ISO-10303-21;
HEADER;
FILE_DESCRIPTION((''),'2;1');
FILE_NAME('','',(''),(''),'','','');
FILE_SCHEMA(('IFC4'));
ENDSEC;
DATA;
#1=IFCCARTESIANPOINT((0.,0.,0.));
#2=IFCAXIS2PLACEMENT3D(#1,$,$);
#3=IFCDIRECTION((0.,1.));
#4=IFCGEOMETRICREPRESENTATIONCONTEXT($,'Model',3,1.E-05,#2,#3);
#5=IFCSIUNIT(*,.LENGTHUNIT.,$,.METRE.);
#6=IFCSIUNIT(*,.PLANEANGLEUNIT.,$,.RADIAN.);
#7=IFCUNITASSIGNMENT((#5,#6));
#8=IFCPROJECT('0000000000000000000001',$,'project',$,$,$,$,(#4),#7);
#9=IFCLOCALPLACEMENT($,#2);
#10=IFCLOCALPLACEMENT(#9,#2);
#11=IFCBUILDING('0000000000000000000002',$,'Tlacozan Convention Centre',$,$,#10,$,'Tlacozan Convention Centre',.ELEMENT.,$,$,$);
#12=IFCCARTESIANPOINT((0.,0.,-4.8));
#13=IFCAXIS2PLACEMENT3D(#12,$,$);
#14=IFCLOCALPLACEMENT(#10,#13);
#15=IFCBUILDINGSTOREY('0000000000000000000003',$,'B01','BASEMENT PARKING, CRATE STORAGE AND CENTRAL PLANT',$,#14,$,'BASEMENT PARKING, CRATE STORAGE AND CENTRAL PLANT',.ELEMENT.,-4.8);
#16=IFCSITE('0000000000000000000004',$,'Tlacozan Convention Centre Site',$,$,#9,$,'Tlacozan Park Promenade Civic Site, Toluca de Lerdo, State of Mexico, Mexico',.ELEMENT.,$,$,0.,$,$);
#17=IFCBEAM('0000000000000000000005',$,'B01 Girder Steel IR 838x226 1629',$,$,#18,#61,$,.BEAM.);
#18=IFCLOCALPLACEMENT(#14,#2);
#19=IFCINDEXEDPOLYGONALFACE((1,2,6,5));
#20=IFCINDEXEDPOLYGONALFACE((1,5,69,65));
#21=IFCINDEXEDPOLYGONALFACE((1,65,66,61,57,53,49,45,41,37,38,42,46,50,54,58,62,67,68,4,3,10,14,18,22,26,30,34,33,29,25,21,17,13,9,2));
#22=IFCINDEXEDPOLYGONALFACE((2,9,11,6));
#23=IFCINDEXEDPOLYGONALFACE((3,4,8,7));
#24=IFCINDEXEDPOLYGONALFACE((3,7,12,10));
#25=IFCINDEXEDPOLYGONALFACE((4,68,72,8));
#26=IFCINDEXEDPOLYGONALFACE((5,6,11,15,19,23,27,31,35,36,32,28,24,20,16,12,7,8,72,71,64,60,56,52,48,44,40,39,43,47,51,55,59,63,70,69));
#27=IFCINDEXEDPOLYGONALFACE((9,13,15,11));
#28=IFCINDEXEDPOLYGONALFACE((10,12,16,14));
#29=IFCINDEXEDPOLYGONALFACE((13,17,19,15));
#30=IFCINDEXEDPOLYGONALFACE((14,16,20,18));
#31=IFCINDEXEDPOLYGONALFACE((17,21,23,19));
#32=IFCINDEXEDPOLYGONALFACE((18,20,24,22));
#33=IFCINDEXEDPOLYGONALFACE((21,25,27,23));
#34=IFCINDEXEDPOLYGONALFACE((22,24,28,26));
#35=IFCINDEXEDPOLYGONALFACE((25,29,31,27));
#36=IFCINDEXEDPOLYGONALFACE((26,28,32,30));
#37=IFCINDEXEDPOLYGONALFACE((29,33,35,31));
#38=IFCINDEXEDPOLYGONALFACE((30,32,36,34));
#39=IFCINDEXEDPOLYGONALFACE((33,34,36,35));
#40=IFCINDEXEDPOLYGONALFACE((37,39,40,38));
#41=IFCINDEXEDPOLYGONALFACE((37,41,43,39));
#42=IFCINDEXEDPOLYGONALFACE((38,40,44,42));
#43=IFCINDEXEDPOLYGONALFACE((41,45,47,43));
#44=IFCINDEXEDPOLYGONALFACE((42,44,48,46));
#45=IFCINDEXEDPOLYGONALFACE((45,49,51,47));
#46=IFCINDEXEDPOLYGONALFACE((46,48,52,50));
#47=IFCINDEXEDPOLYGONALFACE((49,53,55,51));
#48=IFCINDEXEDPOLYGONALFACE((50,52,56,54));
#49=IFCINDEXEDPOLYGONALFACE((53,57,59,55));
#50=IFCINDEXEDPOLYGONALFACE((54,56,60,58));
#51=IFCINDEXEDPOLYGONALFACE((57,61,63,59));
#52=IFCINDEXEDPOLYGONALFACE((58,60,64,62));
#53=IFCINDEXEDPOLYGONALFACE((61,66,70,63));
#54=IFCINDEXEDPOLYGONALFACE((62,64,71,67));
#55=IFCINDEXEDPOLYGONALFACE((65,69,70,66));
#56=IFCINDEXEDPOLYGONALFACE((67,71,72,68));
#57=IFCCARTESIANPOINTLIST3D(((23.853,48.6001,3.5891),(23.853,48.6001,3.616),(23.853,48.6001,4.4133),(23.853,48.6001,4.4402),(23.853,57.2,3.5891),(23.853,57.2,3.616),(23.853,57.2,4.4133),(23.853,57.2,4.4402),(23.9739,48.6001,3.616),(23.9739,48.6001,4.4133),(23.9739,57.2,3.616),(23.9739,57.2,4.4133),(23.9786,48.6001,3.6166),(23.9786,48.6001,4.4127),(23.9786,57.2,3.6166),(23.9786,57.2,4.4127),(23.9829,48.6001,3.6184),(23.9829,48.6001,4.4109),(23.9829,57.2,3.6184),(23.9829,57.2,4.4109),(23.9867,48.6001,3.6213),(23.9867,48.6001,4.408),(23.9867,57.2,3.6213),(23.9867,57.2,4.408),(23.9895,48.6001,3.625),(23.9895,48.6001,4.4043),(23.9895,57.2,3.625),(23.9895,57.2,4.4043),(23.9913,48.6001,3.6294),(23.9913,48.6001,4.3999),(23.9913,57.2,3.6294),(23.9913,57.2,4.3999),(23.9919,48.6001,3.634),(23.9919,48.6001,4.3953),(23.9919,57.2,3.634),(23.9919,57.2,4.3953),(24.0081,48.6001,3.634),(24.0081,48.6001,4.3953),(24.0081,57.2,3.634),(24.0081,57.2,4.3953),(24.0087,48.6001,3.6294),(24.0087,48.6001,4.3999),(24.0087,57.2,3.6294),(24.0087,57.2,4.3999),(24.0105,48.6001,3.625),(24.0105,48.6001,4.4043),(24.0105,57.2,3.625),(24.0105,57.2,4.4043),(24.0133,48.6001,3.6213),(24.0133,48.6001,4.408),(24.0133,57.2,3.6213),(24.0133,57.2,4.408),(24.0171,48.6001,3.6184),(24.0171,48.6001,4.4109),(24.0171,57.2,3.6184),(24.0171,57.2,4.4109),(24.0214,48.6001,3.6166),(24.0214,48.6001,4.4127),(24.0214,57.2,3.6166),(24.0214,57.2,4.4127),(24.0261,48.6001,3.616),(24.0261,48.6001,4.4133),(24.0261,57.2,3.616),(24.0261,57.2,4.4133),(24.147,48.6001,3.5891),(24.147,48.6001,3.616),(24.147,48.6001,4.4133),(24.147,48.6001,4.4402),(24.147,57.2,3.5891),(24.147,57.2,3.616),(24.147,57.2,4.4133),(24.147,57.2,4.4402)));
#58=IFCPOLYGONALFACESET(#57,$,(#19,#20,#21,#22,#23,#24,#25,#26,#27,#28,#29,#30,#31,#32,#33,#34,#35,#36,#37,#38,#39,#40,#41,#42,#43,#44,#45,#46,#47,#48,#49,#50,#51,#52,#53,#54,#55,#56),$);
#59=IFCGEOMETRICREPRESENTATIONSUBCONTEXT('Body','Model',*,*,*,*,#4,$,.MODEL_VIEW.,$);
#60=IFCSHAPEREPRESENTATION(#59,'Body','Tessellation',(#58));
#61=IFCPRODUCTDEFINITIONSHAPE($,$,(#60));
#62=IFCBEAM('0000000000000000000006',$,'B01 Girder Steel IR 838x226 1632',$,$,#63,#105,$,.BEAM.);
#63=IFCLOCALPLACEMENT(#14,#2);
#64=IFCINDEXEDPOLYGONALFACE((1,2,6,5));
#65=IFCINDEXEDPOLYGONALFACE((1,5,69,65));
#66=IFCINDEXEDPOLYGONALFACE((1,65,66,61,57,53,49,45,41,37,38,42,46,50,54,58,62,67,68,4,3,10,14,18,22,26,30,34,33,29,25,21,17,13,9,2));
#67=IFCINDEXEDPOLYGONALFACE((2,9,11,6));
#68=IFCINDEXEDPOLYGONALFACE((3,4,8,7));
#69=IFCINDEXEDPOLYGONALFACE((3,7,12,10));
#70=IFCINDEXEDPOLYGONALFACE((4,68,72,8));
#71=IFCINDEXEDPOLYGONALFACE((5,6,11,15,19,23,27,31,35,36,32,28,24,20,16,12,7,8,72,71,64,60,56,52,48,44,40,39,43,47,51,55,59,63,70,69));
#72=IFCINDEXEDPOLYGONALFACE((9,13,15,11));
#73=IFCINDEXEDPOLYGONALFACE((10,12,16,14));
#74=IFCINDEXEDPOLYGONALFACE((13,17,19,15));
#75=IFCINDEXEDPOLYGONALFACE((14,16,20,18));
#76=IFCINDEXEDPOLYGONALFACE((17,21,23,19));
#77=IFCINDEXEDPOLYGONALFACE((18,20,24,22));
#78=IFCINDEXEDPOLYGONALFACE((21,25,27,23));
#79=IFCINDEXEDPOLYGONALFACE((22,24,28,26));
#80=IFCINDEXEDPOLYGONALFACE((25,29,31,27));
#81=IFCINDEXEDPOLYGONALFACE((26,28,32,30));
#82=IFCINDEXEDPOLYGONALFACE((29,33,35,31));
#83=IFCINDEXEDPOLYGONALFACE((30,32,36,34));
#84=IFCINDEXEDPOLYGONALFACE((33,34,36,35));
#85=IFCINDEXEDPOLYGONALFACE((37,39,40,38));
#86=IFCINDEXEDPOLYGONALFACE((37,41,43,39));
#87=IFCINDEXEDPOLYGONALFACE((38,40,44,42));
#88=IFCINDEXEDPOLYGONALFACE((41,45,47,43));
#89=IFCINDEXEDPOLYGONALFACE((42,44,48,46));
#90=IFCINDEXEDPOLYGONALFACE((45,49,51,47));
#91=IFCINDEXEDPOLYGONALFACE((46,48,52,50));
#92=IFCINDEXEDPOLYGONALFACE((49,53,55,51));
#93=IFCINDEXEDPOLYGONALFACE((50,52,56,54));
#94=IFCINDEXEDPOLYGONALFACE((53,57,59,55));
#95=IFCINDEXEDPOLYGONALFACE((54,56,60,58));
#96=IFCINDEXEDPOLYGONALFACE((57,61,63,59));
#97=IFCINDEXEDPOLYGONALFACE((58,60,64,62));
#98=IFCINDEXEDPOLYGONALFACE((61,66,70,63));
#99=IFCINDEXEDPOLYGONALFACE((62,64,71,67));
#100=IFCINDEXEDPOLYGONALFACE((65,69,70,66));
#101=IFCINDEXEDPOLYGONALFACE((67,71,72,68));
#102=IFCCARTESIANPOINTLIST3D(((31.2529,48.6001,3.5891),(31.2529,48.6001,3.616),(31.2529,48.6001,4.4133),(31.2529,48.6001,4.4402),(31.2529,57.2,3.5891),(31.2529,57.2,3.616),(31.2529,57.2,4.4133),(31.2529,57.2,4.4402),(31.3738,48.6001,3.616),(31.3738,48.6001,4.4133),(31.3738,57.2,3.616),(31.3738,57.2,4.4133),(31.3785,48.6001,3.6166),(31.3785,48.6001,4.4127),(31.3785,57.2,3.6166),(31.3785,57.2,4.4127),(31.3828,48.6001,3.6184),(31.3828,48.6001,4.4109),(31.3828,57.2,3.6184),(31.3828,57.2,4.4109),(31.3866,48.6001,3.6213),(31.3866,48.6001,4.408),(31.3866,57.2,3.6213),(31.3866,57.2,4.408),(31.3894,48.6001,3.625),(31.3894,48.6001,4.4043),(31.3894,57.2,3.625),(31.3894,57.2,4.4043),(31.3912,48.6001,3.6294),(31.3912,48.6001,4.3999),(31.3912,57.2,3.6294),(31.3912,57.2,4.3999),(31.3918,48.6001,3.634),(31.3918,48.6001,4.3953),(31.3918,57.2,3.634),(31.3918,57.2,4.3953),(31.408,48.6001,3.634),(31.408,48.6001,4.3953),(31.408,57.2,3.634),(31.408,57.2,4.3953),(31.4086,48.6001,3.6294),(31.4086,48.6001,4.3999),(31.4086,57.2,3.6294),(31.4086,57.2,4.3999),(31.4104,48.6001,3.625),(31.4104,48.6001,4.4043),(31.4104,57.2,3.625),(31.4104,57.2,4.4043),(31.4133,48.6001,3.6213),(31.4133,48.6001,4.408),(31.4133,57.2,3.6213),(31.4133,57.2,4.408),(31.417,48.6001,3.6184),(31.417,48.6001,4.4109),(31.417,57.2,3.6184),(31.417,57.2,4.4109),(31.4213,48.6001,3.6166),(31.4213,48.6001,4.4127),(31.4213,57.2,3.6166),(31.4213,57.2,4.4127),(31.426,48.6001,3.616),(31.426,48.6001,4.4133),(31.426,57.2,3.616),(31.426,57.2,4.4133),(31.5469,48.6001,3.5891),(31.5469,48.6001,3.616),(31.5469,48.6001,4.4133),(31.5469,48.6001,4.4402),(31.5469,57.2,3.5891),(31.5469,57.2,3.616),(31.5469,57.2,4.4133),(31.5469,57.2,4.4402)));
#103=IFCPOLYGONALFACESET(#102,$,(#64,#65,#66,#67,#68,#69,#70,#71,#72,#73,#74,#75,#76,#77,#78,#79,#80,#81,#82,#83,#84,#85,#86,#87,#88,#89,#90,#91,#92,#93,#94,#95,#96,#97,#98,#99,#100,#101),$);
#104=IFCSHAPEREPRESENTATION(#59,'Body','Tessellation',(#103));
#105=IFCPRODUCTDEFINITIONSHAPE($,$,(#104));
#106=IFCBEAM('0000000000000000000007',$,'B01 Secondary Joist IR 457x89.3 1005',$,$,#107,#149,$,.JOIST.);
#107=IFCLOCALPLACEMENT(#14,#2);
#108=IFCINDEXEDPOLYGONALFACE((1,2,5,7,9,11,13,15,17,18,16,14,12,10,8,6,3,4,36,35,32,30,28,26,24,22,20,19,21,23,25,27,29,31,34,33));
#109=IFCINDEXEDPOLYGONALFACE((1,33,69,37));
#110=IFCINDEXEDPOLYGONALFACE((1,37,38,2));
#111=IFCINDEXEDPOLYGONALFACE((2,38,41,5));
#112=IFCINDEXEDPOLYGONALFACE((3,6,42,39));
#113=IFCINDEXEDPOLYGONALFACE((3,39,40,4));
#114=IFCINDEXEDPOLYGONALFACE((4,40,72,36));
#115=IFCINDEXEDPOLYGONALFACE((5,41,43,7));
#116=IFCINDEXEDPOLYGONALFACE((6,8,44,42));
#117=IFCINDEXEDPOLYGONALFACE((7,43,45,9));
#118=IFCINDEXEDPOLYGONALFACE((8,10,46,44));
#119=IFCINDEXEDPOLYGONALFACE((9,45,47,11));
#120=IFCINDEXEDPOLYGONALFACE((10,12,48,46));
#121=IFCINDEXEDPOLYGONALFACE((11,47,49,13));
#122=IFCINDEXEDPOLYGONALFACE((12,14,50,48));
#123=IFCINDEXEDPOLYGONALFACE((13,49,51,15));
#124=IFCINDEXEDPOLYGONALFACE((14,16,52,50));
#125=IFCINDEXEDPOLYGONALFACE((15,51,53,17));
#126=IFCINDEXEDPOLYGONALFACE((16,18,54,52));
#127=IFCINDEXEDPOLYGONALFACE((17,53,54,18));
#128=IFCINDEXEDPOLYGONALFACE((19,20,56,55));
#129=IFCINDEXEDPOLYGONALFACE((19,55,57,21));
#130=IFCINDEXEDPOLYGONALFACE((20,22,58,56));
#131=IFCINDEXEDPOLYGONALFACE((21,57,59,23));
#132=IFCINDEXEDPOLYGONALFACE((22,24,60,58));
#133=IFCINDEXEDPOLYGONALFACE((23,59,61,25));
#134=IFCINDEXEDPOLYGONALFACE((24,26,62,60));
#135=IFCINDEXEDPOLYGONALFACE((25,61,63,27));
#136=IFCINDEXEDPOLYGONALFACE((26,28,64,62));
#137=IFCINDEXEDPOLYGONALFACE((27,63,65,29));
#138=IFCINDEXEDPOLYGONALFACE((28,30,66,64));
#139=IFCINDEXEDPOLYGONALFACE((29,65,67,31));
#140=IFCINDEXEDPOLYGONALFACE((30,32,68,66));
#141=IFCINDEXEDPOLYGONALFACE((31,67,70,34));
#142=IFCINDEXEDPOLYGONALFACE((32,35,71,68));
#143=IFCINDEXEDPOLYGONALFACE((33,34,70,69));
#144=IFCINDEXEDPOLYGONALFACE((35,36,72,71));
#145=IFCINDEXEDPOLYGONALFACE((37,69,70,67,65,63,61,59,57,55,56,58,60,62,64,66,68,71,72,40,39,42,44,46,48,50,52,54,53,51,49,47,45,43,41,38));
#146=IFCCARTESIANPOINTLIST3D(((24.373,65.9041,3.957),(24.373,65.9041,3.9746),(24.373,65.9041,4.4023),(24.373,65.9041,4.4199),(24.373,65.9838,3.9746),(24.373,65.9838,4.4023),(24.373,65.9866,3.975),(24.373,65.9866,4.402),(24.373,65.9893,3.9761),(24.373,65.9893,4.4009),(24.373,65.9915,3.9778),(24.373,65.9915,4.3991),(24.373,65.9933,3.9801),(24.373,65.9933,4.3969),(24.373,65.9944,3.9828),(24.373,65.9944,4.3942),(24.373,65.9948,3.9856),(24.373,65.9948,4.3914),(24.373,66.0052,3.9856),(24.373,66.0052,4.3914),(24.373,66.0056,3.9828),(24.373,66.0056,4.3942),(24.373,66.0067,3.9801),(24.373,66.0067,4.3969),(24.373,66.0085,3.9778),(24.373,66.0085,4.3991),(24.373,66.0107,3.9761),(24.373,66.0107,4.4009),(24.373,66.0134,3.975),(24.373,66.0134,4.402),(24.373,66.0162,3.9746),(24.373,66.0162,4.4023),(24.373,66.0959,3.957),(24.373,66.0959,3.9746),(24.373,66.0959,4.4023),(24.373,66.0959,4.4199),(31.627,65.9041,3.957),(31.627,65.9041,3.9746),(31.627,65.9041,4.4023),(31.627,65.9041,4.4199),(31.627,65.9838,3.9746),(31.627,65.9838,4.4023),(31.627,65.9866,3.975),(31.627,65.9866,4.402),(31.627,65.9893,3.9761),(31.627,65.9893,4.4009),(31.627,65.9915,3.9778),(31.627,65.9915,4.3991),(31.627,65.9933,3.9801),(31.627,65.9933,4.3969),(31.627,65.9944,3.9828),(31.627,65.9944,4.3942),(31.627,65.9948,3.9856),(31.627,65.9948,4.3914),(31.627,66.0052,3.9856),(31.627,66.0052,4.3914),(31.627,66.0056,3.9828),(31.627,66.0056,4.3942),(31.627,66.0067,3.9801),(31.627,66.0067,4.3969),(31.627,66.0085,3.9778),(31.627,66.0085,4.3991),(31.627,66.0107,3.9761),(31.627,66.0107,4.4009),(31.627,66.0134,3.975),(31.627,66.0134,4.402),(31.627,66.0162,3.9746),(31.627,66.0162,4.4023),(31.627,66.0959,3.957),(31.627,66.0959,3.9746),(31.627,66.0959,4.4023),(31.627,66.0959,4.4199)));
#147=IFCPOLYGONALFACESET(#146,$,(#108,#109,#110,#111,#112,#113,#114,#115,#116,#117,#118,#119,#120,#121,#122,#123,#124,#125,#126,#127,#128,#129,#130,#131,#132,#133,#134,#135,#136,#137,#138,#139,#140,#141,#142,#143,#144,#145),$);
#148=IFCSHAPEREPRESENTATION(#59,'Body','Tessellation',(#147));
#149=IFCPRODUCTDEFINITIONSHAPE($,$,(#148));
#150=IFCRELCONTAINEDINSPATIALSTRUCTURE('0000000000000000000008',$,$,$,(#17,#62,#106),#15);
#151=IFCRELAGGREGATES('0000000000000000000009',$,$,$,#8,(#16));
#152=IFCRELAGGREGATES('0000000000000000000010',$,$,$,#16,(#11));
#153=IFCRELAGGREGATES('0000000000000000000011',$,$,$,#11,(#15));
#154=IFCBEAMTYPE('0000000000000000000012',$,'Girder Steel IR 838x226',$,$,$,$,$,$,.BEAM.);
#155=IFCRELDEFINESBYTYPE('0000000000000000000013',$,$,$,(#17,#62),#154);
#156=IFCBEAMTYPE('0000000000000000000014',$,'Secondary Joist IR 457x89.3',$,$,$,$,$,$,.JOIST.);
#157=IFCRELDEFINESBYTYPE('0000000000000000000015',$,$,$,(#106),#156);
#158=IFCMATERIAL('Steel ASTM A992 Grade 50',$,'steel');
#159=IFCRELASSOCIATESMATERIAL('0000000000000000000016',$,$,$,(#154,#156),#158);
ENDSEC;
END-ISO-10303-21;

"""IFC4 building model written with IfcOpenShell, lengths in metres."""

from ifc_helpers import new_model, si_unit, direction, frame, origin, origin_2d, place, context, subcontext, project, spatial, i_section, extrude, material, material_profile, profile_set, type_object, element, save


model = new_model("IFC4")

# Units and contexts
model_context = context("Model", 3, precision=1e-05, world=origin(), true_north=direction((0.0, 1.0)))
body_context = subcontext(model_context, "Body", "Model", "MODEL_VIEW")
ifc_project = project(units=[si_unit("LENGTHUNIT", "METRE"), si_unit("PLANEANGLEUNIT", "RADIAN")], contexts=[model_context])

# Site, building, storey
site_placement = place(None, origin())
site = spatial("IfcSite", under=ifc_project, at=site_placement, Name="Tlacozan Convention Centre Site", LongName="Tlacozan Park Promenade Civic Site, Toluca de Lerdo, State of Mexico, Mexico", CompositionType="ELEMENT", RefElevation=0.0)
building_placement = place(site_placement, origin())
building = spatial("IfcBuilding", under=site, at=building_placement, Name="Tlacozan Convention Centre", LongName="Tlacozan Convention Centre", CompositionType="ELEMENT")
storey_placement = place(building_placement, frame((0.0, 0.0, -4.8)))
storey = spatial("IfcBuildingStorey", under=building, at=storey_placement, Name="B01", Description="BASEMENT PARKING, CRATE STORAGE AND CENTRAL PLANT", LongName="BASEMENT PARKING, CRATE STORAGE AND CENTRAL PLANT", CompositionType="ELEMENT", Elevation=-4.8)

# Beams
ifc_material_1 = material(Name="Steel ASTM A992 Grade 50", Category="steel")
ifc_material_profile_1 = material_profile(ifc_material_1, i_section(OverallWidth=0.2939, OverallDepth=0.8511, WebThickness=0.0161, FlangeThickness=0.0269, FilletRadius=0.0181, at=origin_2d()), Name="IR 838x226.0")
ifc_profile_set_1 = profile_set([ifc_material_profile_1], Name="Steel ASTM A992 Grade 50")
beam_type_1 = type_object("IfcBeamType", Name="Girder Steel IR 838x226", PredefinedType="BEAM", material=ifc_profile_set_1)
for number, where, z_axis, x_axis, name in (
    (1, (24.0, 48.6001, 4.0146), (0.0, 1.0, 0.0), (-1.0, 0.0, 0.0), "B01 Girder Steel IR 838x226 1629"),
    (2, (31.3999, 48.6001, 4.0146), (0.0, 1.0, 0.0), (-1.0, 0.0, 0.0), "B01 Girder Steel IR 838x226 1632"),
):
    element("IfcBeam", number, at=place(storey_placement, frame(where, z_axis=z_axis, x_axis=x_axis)), inside=storey, type_object=beam_type_1, Name=name, PredefinedType="BEAM", context=body_context, shape_type="SweptSolid", body=[
        extrude(i_section(OverallWidth=0.2939, OverallDepth=0.8511, WebThickness=0.0161, FlangeThickness=0.0269, FilletRadius=0.0181, at=origin_2d()), origin(), (0.0, 0.0, 1.0), 8.5999),
    ])
ifc_material_profile_2 = material_profile(ifc_material_1, i_section(OverallWidth=0.1919, OverallDepth=0.4629, WebThickness=0.0105, FlangeThickness=0.0176, FilletRadius=0.011, at=origin_2d()), Name="IR 457x89.3")
ifc_profile_set_2 = profile_set([ifc_material_profile_2], Name="Steel ASTM A992 Grade 50")
beam_type_2 = type_object("IfcBeamType", Name="Secondary Joist IR 457x89.3", PredefinedType="JOIST", material=ifc_profile_set_2)
beam_1_placement = place(storey_placement, frame((24.373, 66.0, 4.1885), z_axis=(1.0, 0.0, 0.0), x_axis=(0.0, 1.0, 0.0)))
element("IfcBeam", 3, at=beam_1_placement, inside=storey, type_object=beam_type_2, Name="B01 Secondary Joist IR 457x89.3 1005", PredefinedType="JOIST", context=body_context, shape_type="SweptSolid", body=[
    extrude(i_section(OverallWidth=0.1919, OverallDepth=0.4629, WebThickness=0.0105, FlangeThickness=0.0176, FilletRadius=0.011, at=origin_2d()), origin(), (0.0, 0.0, 1.0), 7.2539),
])

save(model, "model.ifc")
